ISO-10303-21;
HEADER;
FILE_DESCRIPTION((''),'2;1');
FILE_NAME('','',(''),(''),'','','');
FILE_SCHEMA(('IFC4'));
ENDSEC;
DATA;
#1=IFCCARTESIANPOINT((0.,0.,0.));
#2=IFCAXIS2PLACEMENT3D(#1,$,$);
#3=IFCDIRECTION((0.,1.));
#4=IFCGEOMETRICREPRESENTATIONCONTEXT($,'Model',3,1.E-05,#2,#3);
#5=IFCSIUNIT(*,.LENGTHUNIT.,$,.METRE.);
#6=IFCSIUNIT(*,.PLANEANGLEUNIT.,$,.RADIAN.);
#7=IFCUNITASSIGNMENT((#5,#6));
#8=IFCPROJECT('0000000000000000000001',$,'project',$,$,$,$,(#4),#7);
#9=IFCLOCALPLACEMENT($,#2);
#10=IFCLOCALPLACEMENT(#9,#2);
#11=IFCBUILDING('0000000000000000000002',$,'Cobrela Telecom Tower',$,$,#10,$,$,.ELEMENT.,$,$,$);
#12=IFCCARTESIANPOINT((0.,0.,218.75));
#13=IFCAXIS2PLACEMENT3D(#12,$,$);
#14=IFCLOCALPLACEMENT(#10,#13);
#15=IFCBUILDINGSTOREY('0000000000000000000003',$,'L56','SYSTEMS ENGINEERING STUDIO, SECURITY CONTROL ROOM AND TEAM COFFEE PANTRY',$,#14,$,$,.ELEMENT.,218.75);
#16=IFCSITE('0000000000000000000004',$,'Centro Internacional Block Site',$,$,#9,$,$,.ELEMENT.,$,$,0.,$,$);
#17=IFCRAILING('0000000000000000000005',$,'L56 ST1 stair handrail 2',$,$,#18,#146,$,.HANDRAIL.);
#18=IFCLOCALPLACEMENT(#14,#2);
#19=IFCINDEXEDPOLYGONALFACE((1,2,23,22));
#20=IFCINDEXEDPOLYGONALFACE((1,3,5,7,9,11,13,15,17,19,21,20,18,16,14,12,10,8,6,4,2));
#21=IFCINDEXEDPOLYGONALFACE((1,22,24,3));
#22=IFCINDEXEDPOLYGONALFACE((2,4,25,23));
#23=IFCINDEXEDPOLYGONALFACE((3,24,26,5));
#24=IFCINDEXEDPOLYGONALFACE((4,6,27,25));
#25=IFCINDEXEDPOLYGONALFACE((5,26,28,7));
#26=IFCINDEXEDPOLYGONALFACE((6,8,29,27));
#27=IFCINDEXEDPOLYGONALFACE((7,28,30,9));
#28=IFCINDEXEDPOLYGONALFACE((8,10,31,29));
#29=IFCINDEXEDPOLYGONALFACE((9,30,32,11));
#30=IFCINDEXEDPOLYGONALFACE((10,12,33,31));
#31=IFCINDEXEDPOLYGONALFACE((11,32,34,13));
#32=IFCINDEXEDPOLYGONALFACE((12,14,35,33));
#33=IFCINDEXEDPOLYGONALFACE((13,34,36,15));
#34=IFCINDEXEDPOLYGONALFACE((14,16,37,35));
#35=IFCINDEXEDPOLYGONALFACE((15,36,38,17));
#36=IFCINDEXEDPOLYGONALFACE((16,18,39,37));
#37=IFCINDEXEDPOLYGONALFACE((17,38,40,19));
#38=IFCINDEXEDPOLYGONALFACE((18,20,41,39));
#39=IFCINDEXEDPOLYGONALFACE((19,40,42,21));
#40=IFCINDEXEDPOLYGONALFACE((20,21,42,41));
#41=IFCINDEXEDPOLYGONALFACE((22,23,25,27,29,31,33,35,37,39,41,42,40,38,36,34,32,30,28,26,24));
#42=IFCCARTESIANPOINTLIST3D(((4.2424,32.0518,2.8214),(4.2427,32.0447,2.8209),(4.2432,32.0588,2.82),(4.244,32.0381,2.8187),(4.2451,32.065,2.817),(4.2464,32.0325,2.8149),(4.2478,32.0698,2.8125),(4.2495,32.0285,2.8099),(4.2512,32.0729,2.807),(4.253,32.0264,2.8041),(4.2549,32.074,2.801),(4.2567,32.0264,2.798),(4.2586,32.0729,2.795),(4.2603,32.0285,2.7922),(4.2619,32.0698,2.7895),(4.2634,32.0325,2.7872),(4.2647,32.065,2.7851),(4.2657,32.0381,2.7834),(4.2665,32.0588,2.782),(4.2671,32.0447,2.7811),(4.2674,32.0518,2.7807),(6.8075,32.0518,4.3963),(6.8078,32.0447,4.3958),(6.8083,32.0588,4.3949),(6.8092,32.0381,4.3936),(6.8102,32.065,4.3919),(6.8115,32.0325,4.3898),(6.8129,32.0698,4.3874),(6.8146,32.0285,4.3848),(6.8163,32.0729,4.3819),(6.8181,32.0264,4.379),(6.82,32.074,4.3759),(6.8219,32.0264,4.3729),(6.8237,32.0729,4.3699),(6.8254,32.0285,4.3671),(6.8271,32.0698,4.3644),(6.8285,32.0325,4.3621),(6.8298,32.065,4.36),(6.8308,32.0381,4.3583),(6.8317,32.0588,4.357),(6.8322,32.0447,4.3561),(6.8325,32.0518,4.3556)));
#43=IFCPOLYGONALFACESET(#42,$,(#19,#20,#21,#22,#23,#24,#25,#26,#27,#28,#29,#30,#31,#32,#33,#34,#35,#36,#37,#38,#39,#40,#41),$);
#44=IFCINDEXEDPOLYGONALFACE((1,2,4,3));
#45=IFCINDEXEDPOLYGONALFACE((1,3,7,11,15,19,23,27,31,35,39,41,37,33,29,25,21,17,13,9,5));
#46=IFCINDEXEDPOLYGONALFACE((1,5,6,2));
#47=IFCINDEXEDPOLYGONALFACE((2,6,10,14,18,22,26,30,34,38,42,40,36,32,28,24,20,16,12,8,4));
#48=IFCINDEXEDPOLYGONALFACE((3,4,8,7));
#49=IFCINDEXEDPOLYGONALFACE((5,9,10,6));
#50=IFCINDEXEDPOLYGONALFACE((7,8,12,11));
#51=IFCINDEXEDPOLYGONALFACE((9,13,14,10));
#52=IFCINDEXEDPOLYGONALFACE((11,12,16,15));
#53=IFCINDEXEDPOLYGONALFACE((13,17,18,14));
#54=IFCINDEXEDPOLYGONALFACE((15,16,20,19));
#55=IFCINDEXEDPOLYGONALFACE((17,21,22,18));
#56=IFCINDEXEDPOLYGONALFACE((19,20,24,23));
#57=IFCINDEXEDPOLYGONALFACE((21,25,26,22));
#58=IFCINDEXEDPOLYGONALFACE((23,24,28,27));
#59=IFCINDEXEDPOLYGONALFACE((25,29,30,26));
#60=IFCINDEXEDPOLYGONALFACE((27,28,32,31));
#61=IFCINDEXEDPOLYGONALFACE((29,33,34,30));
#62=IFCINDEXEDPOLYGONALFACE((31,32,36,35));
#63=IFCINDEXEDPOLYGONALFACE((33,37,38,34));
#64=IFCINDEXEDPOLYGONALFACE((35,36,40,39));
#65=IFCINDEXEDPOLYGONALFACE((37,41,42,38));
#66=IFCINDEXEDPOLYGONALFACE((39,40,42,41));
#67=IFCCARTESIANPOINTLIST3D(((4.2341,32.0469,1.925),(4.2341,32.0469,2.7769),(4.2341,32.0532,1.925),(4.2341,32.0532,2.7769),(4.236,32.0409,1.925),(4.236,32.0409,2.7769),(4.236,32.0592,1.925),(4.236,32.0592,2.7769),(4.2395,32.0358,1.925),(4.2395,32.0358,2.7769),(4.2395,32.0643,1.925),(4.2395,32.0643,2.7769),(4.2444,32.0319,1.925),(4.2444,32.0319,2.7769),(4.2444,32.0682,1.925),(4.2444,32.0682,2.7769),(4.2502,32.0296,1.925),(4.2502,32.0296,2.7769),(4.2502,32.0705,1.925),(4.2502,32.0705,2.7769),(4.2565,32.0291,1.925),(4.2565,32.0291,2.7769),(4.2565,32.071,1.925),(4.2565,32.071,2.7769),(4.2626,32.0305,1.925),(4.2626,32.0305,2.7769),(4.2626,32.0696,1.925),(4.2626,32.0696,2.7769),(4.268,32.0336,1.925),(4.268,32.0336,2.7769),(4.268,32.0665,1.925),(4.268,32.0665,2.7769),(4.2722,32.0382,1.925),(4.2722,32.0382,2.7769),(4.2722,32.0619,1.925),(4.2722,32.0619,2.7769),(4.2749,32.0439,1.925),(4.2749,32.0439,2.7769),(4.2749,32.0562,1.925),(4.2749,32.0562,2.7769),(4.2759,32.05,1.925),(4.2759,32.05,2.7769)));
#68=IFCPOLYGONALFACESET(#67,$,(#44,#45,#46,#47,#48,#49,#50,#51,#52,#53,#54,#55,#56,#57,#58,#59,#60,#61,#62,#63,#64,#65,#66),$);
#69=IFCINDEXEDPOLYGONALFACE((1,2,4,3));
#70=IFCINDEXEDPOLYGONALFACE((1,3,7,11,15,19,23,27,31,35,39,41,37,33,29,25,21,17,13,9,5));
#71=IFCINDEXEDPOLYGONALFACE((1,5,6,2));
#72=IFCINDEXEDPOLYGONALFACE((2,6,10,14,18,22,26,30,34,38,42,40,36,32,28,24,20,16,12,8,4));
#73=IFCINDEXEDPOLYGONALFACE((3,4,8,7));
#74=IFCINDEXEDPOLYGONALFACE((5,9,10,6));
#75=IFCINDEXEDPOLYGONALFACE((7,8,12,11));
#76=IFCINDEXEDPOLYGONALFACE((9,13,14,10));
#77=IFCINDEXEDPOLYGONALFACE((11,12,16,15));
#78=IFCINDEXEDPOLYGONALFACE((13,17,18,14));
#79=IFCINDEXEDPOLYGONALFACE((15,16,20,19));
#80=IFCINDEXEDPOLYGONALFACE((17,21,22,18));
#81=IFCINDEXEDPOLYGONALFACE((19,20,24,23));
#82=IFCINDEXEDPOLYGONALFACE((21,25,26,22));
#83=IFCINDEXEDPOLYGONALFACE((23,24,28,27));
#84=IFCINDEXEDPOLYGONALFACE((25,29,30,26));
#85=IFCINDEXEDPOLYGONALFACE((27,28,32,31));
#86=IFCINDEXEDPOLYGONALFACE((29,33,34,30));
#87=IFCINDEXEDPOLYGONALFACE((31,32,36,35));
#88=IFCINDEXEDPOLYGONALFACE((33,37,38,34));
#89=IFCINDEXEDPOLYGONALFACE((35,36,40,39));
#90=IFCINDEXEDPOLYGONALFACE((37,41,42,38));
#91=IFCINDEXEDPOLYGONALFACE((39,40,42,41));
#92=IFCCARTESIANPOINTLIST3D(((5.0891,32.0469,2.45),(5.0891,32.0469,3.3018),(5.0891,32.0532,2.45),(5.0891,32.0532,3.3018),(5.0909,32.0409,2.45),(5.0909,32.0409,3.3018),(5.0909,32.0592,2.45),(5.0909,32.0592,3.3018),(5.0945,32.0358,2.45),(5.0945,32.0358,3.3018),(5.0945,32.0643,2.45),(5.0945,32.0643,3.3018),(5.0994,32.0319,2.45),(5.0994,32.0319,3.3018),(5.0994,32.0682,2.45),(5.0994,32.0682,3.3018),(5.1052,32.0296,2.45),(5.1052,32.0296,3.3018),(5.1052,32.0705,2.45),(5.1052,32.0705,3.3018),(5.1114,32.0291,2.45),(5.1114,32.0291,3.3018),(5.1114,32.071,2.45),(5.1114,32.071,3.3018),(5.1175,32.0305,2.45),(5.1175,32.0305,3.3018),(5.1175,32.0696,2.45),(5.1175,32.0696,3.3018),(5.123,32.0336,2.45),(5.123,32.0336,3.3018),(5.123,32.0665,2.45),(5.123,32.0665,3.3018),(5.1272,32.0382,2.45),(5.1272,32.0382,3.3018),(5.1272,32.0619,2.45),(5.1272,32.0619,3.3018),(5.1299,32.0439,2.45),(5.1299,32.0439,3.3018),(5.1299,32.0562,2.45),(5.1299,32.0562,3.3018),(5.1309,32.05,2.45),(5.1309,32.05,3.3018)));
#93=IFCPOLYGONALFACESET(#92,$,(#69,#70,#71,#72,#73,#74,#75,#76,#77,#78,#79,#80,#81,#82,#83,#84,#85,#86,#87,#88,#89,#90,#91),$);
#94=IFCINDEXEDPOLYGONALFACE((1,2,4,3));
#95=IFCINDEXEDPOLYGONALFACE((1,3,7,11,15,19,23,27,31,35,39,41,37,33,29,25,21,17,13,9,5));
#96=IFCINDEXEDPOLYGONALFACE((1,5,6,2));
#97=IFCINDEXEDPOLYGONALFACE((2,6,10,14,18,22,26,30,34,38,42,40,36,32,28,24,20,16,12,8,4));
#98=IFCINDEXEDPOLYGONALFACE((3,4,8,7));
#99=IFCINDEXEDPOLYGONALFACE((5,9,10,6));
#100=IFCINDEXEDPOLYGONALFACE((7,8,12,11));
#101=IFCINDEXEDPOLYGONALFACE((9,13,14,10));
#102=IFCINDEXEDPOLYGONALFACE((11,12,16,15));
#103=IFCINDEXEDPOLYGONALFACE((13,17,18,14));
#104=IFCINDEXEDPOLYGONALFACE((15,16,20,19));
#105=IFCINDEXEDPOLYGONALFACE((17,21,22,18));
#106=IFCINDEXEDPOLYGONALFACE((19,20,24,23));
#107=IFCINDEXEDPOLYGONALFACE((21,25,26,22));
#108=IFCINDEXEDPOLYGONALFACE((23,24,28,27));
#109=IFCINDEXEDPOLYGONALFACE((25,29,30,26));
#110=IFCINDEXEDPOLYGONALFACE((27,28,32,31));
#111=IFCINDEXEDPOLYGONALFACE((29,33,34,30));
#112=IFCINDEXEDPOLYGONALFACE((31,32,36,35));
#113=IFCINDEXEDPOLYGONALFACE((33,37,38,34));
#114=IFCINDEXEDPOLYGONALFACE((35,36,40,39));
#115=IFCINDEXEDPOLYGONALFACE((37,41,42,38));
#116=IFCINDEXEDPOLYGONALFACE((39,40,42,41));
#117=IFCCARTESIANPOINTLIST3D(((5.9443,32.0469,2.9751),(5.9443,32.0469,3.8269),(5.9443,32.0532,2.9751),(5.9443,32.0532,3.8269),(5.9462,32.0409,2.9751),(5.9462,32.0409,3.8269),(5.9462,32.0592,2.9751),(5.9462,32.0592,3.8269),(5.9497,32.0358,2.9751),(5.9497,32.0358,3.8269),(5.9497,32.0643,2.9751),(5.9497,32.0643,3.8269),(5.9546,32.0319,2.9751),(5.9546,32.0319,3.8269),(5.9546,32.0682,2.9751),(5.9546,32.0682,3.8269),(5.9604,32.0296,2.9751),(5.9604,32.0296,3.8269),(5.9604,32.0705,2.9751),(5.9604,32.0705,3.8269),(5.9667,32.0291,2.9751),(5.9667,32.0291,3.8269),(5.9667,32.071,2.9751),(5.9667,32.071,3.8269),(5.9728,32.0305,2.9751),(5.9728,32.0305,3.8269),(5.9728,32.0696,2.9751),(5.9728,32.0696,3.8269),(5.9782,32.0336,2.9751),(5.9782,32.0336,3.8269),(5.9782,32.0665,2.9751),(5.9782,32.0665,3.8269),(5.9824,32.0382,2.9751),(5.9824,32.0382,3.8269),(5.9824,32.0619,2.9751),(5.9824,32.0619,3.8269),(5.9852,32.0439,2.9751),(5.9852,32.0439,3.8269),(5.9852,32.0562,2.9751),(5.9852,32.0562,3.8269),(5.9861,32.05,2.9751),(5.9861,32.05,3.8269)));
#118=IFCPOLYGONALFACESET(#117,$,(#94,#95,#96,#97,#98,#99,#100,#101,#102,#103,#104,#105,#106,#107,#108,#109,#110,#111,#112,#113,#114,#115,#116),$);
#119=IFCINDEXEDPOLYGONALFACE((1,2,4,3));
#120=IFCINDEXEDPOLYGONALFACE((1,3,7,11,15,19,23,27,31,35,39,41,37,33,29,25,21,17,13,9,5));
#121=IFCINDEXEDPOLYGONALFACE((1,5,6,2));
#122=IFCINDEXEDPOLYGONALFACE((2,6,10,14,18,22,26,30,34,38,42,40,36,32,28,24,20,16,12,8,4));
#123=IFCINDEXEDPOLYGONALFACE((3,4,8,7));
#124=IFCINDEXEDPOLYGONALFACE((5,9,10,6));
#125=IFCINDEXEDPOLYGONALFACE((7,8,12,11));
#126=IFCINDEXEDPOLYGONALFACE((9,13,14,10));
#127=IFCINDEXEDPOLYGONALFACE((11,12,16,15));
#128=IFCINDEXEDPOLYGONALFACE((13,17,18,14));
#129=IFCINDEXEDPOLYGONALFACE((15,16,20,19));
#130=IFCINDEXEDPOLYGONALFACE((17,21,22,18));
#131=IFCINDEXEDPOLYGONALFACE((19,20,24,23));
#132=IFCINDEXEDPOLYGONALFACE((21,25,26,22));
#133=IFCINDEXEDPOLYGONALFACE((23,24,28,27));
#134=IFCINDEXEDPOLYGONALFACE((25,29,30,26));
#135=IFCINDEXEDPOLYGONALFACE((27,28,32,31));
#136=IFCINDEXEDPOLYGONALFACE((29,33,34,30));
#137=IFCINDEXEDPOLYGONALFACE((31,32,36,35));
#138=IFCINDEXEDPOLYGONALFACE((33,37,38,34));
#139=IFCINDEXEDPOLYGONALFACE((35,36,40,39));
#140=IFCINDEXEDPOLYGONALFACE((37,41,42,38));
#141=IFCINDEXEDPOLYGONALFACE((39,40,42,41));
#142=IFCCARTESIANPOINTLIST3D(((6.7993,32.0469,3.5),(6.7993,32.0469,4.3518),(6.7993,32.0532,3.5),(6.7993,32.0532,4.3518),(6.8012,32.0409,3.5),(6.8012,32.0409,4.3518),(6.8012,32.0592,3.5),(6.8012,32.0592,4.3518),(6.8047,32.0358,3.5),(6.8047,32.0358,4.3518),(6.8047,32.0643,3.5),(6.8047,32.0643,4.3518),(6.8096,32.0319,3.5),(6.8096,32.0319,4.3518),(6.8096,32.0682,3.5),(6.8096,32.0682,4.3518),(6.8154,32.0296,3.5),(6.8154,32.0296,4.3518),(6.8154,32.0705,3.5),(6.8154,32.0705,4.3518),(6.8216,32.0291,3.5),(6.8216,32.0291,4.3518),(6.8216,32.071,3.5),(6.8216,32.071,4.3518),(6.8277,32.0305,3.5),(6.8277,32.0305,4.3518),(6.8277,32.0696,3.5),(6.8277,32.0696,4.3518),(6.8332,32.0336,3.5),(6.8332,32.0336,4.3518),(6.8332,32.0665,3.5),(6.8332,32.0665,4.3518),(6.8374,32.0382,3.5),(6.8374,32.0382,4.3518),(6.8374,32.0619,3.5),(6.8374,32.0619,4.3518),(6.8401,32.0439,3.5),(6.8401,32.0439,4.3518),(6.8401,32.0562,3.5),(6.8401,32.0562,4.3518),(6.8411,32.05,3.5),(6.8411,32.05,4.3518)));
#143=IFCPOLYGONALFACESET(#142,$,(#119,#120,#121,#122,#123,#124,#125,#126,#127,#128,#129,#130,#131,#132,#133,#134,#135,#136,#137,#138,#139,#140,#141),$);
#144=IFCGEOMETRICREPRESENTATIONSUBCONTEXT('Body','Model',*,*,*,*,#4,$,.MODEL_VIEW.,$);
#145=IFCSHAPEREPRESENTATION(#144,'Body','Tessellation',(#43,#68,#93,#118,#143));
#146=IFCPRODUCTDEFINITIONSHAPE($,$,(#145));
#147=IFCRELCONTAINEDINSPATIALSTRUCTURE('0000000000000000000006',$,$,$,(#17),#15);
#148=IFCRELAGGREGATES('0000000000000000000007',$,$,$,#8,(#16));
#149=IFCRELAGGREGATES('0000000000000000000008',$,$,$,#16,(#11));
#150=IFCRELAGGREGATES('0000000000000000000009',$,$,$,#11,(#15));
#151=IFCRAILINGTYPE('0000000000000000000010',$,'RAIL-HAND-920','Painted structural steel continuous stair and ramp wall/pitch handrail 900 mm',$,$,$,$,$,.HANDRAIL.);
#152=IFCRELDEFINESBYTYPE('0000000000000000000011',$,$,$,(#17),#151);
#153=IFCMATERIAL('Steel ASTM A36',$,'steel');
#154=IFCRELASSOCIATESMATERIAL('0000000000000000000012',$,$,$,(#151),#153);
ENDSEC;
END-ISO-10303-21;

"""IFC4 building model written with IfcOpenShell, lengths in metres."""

from ifc_helpers import new_model, si_unit, direction, frame, origin, origin_2d, place, context, subcontext, project, spatial, circle, extrude, material, type_object, element, save


model = new_model("IFC4")

# Units and contexts
model_context = context("Model", 3, precision=1e-05, world=origin(), true_north=direction((0.0, 1.0)))
body_context = subcontext(model_context, "Body", "Model", "MODEL_VIEW")
ifc_project = project(units=[si_unit("LENGTHUNIT", "METRE"), si_unit("PLANEANGLEUNIT", "RADIAN")], contexts=[model_context])

# Site, building, storey
site_placement = place(None, origin())
site = spatial("IfcSite", under=ifc_project, at=site_placement, Name="Centro Internacional Block Site", CompositionType="ELEMENT", RefElevation=0.0)
building_placement = place(site_placement, origin())
building = spatial("IfcBuilding", under=site, at=building_placement, Name="Cobrela Telecom Tower", CompositionType="ELEMENT")
storey_placement = place(building_placement, frame((0.0, 0.0, 218.75)))
storey = spatial("IfcBuildingStorey", under=building, at=storey_placement, Name="L56", Description="SYSTEMS ENGINEERING STUDIO, SECURITY CONTROL ROOM AND TEAM COFFEE PANTRY", CompositionType="ELEMENT", Elevation=218.75)

# Shared definitions
ifc_material_1 = material(Name="Steel ASTM A36", Category="steel")

# Railing
railing_type_1 = type_object("IfcRailingType", Name="RAIL-HAND-920", Description="Painted structural steel continuous stair and ramp wall/pitch handrail 900 mm", PredefinedType="HANDRAIL", material=ifc_material_1)
railing_1_placement = place(storey_placement, frame((4.2549, 32.05, 1.925)))
element("IfcRailing", 1, at=railing_1_placement, inside=storey, type_object=railing_type_1, Name="L56 ST1 stair handrail 2", PredefinedType="HANDRAIL", context=body_context, shape_type="SweptSolid", body=[
    extrude(circle(Radius=0.0239, at=origin_2d()), frame((0.0, 0.0, 0.876), z_axis=(0.852195, 0.0, 0.523224), x_axis=(0.0, 1.0, 0.0)), (0.0, 0.0, 1.0), 3.01),
    extrude(circle(Radius=0.021, at=origin_2d()), origin(), (0.0, 0.0, 1.0), 0.8518),
    extrude(circle(Radius=0.021, at=origin_2d()), frame((0.855, 0.0, 0.5249)), (0.0, 0.0, 1.0), 0.8518),
    extrude(circle(Radius=0.021, at=origin_2d()), frame((1.7102, 0.0, 1.05)), (0.0, 0.0, 1.0), 0.8518),
    extrude(circle(Radius=0.021, at=origin_2d()), frame((2.5652, 0.0, 1.575)), (0.0, 0.0, 1.0), 0.8518),
])

save(model, "model.ifc")
